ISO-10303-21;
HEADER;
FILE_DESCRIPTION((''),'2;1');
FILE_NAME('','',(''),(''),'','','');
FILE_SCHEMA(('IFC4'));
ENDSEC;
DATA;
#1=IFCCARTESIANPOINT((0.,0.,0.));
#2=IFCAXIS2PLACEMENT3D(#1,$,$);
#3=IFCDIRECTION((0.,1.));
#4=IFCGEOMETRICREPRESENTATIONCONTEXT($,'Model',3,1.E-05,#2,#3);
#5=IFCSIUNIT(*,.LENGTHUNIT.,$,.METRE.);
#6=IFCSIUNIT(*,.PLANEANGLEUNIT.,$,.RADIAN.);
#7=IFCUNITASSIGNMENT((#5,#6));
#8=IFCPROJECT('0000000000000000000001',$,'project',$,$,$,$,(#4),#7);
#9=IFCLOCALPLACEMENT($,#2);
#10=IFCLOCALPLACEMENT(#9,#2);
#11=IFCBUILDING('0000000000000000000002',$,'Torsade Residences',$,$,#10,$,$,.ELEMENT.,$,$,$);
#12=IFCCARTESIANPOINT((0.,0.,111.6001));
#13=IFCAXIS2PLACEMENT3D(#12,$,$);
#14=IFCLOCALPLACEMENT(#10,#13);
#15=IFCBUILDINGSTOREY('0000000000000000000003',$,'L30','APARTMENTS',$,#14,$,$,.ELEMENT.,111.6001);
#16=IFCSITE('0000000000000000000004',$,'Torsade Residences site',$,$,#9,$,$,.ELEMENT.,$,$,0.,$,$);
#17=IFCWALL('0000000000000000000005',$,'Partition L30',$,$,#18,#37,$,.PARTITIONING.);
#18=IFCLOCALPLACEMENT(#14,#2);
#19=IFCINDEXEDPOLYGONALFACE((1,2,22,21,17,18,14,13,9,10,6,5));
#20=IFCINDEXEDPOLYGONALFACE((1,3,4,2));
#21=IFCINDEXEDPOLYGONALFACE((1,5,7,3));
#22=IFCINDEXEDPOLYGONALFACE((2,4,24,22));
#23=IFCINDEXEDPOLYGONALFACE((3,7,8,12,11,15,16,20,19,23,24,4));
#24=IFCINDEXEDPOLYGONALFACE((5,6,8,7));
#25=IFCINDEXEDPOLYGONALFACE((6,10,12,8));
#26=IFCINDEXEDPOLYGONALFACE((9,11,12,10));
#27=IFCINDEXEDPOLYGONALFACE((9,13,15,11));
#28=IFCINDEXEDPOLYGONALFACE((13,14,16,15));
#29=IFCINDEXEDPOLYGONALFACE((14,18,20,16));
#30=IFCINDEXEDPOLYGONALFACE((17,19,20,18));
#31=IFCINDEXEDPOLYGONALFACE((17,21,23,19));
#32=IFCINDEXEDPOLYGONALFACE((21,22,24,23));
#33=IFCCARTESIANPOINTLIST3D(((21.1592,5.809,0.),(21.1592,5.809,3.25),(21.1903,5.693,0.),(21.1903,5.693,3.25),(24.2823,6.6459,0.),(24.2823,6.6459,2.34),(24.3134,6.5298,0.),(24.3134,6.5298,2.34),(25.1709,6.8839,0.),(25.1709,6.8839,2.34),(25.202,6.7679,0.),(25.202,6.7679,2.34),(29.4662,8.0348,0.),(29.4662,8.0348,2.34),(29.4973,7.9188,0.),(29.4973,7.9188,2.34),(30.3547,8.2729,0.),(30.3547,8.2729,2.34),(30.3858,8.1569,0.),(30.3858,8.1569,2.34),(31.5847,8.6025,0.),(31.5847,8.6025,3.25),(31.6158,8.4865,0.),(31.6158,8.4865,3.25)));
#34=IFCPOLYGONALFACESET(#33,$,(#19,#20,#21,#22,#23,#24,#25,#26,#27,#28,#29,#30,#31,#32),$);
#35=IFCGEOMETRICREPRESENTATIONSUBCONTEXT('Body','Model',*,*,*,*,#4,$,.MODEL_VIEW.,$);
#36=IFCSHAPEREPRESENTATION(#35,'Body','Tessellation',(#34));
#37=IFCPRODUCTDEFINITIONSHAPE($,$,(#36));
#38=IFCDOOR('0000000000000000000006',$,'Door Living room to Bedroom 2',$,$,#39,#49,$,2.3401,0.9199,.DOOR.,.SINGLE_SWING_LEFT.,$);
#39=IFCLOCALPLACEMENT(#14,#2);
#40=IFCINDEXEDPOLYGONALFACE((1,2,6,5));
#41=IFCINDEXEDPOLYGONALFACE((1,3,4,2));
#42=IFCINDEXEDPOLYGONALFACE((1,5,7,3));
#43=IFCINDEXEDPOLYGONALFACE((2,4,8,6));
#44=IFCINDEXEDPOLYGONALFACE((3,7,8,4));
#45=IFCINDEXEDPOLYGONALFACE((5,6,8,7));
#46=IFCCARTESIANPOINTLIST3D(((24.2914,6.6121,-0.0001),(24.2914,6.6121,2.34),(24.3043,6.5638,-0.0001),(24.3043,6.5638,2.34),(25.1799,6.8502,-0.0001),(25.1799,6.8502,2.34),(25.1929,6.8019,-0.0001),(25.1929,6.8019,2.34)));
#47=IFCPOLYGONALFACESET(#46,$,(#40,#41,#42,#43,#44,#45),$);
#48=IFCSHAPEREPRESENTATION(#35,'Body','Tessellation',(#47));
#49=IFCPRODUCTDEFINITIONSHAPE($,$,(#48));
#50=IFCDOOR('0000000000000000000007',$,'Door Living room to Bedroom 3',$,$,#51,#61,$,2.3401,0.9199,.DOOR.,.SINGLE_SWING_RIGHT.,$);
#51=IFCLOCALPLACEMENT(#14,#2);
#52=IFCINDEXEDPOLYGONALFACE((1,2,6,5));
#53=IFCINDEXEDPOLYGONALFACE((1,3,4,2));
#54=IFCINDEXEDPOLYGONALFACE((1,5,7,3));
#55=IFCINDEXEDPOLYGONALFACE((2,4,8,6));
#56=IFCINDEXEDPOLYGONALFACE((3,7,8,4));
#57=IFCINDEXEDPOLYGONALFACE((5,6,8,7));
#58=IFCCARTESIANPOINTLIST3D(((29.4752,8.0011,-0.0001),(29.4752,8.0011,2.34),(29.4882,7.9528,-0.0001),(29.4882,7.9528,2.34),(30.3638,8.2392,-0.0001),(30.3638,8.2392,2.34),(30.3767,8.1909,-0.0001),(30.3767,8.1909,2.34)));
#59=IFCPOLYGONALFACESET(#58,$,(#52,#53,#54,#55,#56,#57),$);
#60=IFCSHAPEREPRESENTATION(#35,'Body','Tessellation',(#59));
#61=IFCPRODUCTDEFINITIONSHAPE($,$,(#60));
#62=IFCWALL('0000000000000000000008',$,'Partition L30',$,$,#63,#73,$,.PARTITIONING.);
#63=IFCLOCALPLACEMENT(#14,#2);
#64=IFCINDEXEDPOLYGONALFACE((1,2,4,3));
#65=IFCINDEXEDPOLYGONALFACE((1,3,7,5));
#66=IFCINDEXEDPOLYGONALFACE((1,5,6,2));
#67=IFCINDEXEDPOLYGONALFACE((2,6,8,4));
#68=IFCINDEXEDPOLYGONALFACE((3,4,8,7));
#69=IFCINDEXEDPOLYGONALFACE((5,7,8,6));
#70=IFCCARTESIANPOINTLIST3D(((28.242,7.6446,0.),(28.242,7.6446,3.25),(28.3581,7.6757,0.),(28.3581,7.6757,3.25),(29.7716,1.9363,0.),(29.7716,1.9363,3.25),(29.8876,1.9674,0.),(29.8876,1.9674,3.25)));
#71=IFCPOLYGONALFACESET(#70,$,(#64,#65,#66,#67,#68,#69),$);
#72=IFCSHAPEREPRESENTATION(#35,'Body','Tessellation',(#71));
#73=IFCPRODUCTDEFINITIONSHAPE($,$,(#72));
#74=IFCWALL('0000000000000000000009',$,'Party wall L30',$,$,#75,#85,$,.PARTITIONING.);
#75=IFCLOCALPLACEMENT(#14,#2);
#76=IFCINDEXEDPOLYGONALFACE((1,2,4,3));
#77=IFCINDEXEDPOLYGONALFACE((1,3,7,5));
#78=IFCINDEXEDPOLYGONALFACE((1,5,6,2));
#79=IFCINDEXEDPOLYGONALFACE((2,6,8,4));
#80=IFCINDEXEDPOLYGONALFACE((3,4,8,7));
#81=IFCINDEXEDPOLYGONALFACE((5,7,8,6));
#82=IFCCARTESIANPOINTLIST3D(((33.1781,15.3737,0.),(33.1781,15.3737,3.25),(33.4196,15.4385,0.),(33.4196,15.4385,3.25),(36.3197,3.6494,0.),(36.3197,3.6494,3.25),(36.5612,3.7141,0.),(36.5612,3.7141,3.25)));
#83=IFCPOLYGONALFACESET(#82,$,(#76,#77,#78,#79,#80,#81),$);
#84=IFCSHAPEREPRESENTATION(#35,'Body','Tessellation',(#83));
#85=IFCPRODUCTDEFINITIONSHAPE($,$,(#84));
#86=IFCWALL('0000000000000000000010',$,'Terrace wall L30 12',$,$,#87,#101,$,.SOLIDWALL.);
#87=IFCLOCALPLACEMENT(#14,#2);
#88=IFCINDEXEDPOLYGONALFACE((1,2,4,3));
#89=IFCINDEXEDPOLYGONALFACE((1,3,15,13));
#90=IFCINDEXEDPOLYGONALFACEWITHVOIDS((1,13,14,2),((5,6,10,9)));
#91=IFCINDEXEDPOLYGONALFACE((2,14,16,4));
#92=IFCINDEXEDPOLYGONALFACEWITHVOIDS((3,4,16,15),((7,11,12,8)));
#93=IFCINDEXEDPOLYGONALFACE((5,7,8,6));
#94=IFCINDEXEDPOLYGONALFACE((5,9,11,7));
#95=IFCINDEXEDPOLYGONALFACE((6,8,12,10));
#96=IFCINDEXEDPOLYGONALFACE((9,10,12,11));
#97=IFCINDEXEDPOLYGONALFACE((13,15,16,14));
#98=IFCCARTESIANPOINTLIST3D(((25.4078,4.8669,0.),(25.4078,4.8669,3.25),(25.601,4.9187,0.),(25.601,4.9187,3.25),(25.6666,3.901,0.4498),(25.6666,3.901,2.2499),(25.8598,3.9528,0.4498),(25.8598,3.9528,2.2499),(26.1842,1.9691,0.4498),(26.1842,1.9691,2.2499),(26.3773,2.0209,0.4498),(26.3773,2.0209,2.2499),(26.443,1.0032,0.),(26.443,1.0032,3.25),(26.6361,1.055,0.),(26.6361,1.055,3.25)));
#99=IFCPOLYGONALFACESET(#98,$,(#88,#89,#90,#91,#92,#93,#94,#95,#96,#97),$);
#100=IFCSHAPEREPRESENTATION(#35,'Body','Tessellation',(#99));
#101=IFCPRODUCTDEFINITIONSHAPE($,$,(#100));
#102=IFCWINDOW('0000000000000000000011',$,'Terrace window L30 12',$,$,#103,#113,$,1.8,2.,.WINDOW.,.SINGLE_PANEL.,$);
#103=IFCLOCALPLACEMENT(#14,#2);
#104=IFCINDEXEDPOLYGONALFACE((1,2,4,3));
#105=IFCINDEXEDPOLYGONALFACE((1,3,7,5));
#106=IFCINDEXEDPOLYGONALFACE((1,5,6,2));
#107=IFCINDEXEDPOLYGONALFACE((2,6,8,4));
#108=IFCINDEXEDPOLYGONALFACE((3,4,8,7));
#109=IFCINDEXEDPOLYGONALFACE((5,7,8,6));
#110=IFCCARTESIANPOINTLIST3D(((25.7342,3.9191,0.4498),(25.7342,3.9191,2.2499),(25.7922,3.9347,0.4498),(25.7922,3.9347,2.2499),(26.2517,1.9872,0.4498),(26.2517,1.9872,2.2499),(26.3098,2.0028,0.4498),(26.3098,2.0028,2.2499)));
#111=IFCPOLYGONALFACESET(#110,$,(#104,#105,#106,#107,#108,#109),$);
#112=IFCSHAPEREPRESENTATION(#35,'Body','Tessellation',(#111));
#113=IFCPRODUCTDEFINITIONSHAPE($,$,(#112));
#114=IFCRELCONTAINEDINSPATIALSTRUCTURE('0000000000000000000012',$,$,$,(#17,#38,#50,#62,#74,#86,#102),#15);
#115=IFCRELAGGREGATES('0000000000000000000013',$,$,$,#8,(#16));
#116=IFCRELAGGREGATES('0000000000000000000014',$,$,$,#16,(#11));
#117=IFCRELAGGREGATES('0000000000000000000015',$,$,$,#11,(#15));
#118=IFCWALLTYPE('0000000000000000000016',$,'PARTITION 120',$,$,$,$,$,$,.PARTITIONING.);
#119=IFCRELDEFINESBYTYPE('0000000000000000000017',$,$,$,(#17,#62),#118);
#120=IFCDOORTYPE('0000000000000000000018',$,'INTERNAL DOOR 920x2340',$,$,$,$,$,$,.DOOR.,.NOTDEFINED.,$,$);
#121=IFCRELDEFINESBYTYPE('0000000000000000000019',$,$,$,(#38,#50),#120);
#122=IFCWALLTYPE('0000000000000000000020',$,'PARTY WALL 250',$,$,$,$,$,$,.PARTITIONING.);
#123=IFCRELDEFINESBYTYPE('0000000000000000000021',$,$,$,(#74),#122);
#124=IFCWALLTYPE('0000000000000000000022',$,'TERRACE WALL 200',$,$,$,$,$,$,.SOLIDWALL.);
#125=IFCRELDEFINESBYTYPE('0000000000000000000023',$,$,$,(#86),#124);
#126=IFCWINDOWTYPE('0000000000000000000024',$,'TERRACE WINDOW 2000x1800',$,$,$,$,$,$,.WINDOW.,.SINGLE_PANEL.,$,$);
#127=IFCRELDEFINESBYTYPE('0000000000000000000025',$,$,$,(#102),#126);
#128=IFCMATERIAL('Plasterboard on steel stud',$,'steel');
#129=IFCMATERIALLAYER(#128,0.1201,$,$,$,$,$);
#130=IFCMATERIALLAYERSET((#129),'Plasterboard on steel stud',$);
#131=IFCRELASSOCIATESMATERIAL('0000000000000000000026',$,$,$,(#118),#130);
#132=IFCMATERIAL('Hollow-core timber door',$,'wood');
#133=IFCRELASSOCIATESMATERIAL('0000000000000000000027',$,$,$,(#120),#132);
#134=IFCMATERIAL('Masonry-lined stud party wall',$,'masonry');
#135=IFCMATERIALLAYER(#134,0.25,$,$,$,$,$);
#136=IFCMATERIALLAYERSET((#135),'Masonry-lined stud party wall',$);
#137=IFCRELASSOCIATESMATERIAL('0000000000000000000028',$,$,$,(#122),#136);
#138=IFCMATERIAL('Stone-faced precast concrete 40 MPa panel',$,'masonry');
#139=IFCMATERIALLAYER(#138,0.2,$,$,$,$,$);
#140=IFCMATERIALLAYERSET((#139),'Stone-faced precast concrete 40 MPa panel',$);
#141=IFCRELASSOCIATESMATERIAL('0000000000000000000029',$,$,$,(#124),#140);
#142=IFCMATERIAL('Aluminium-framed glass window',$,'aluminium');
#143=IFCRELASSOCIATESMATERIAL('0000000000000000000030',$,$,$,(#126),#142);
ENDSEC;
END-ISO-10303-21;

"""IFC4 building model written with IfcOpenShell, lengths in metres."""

from ifc_helpers import new_model, si_unit, direction, frame, frame_2d, origin, place, context, subcontext, project, spatial, rectangle, extrude, material, layer, layer_set, type_object, element, fill, save


model = new_model("IFC4")

# Units and contexts
model_context = context("Model", 3, precision=1e-05, world=origin(), true_north=direction((0.0, 1.0)))
body_context = subcontext(model_context, "Body", "Model", "MODEL_VIEW")
ifc_project = project(units=[si_unit("LENGTHUNIT", "METRE"), si_unit("PLANEANGLEUNIT", "RADIAN")], contexts=[model_context])

# Site, building, storey
site_placement = place(None, origin())
site = spatial("IfcSite", under=ifc_project, at=site_placement, Name="Torsade Residences site", CompositionType="ELEMENT", RefElevation=0.0)
building_placement = place(site_placement, origin())
building = spatial("IfcBuilding", under=site, at=building_placement, Name="Torsade Residences", CompositionType="ELEMENT")
storey_placement = place(building_placement, frame((0.0, 0.0, 111.6001)))
storey = spatial("IfcBuildingStorey", under=building, at=storey_placement, Name="L30", Description="APARTMENTS", CompositionType="ELEMENT", Elevation=111.6001)

# Wall, openings, doors
ifc_material_1 = material(Name="Plasterboard on steel stud", Category="steel")
ifc_layer_1 = layer(ifc_material_1, 0.1201)
ifc_layer_set_1 = layer_set([ifc_layer_1], Name="Plasterboard on steel stud")
wall_type_1 = type_object("IfcWallType", Name="PARTITION 120", PredefinedType="PARTITIONING", material=ifc_layer_set_1)
wall_1_placement = place(storey_placement, frame((31.6001, 8.5444, 0.0), z_axis=(0.0, 0.0, 1.0), x_axis=(-0.965927, -0.258814, 0.0)))
wall_1 = element("IfcWall", 1, at=wall_1_placement, inside=storey, type_object=wall_type_1, Name="Partition L30", PredefinedType="PARTITIONING", context=body_context, shape_type="SweptSolid", body=[
    extrude(rectangle(XDim=10.7932, YDim=0.1201, at=frame_2d((5.3965, 0.0))), origin(), (0.0, 0.0, 1.0), 3.25),
])
opening_1_placement = place(wall_1_placement, frame((6.6399, 0.0, 0.0)))
opening_1 = element("IfcOpeningElement", 2, at=opening_1_placement, cuts=wall_1, PredefinedType="OPENING", context=body_context, shape_type="SweptSolid", body=[
    extrude(rectangle(XDim=0.9199, YDim=2.3401, at=frame_2d((0.46, 1.1699))), frame((0.0, 0.0701, 0.0), z_axis=(0.0, -1.0, 0.0), x_axis=(1.0, 0.0, 0.0)), (0.0, 0.0, 1.0), 0.1401),
])
opening_2_placement = place(wall_1_placement, frame((1.2732, 0.0, 0.0)))
opening_2 = element("IfcOpeningElement", 3, at=opening_2_placement, cuts=wall_1, PredefinedType="OPENING", context=body_context, shape_type="SweptSolid", body=[
    extrude(rectangle(XDim=0.9199, YDim=2.3401, at=frame_2d((0.46, 1.1699))), frame((0.0, 0.0701, 0.0), z_axis=(0.0, -1.0, 0.0), x_axis=(1.0, 0.0, 0.0)), (0.0, 0.0, 1.0), 0.1401),
])
ifc_material_2 = material(Name="Hollow-core timber door", Category="wood")
door_type = type_object("IfcDoorType", Name="INTERNAL DOOR 920x2340", OperationType="NOTDEFINED", PredefinedType="DOOR", material=ifc_material_2)
door_1_placement = place(opening_1_placement, origin())
door_1 = element("IfcDoor", 4, at=door_1_placement, inside=storey, type_object=door_type, Name="Door Living room to Bedroom 2", OperationType="SINGLE_SWING_LEFT", OverallHeight=2.3401, OverallWidth=0.9199, PredefinedType="DOOR", context=body_context, shape_type="SweptSolid", body=[
    extrude(rectangle(XDim=0.9199, YDim=2.3401, at=frame_2d((0.46, 1.1699))), frame((0.0, 0.0249, 0.0), z_axis=(0.0, -1.0, 0.0), x_axis=(1.0, 0.0, 0.0)), (0.0, 0.0, 1.0), 0.05),
])
fill(opening_1, door_1)
door_2_placement = place(opening_2_placement, origin())
door_2 = element("IfcDoor", 5, at=door_2_placement, inside=storey, type_object=door_type, Name="Door Living room to Bedroom 3", OperationType="SINGLE_SWING_RIGHT", OverallHeight=2.3401, OverallWidth=0.9199, PredefinedType="DOOR", context=body_context, shape_type="SweptSolid", body=[
    extrude(rectangle(XDim=0.9199, YDim=2.3401, at=frame_2d((0.46, 1.1699))), frame((0.0, 0.0249, 0.0), z_axis=(0.0, -1.0, 0.0), x_axis=(1.0, 0.0, 0.0)), (0.0, 0.0, 1.0), 0.05),
])
fill(opening_2, door_2)

# Walls
wall_2_placement = place(storey_placement, frame((28.3, 7.6602, 0.0), z_axis=(0.0, 0.0, 1.0), x_axis=(0.258822, -0.965925, 0.0)))
element("IfcWall", 6, at=wall_2_placement, inside=storey, type_object=wall_type_1, Name="Partition L30", PredefinedType="PARTITIONING", context=body_context, shape_type="SweptSolid", body=[
    extrude(rectangle(XDim=5.9097, YDim=0.1201, at=frame_2d((2.9548, 0.0))), origin(), (0.0, 0.0, 1.0), 3.25),
])
ifc_material_3 = material(Name="Masonry-lined stud party wall", Category="masonry")
ifc_layer_2 = layer(ifc_material_3, 0.25)
ifc_layer_set_2 = layer_set([ifc_layer_2], Name="Masonry-lined stud party wall")
wall_type_2 = type_object("IfcWallType", Name="PARTY WALL 250", PredefinedType="PARTITIONING", material=ifc_layer_set_2)
wall_3_placement = place(storey_placement, frame((36.4404, 3.6819, 0.0), z_axis=(0.0, 0.0, 1.0), x_axis=(-0.258824, 0.965924, 0.0)))
element("IfcWall", 7, at=wall_3_placement, inside=storey, type_object=wall_type_2, Name="Party wall L30", PredefinedType="PARTITIONING", context=body_context, shape_type="SweptSolid", body=[
    extrude(rectangle(XDim=12.1379, YDim=0.25, at=frame_2d((6.0688, 0.0))), origin(), (0.0, 0.0, 1.0), 3.25),
])

# Wall, opening, window
ifc_material_4 = material(Name="Stone-faced precast concrete 40 MPa panel", Category="masonry")
ifc_layer_3 = layer(ifc_material_4, 0.2)
ifc_layer_set_3 = layer_set([ifc_layer_3], Name="Stone-faced precast concrete 40 MPa panel")
wall_type_3 = type_object("IfcWallType", Name="TERRACE WALL 200", PredefinedType="SOLIDWALL", material=ifc_layer_set_3)
wall_4_placement = place(storey_placement, frame((25.5044, 4.8928, 0.0), z_axis=(0.0, 0.0, 1.0), x_axis=(0.258787, -0.965934, 0.0)))
wall_4 = element("IfcWall", 8, at=wall_4_placement, inside=storey, type_object=wall_type_3, Name="Terrace wall L30 12", PredefinedType="SOLIDWALL", context=body_context, shape_type="SweptSolid", body=[
    extrude(rectangle(XDim=4.0, YDim=0.2, at=frame_2d((2.0, 0.0))), origin(), (0.0, 0.0, 1.0), 3.25),
])
opening_3_placement = place(wall_4_placement, frame((1.0, 0.0, 0.45)))
opening_3 = element("IfcOpeningElement", 9, at=opening_3_placement, cuts=wall_4, PredefinedType="OPENING", context=body_context, shape_type="SweptSolid", body=[
    extrude(rectangle(XDim=2.0, YDim=1.8, at=frame_2d((1.0, 0.8999))), frame((0.0, 0.1099, 0.0), z_axis=(0.0, -1.0, 0.0), x_axis=(1.0, 0.0, 0.0)), (0.0, 0.0, 1.0), 0.22),
])
ifc_material_5 = material(Name="Aluminium-framed glass window", Category="aluminium")
window_type = type_object("IfcWindowType", Name="TERRACE WINDOW 2000x1800", PartitioningType="SINGLE_PANEL", PredefinedType="WINDOW", material=ifc_material_5)
window_placement = place(opening_3_placement, origin())
window = element("IfcWindow", 10, at=window_placement, inside=storey, type_object=window_type, Name="Terrace window L30 12", OverallHeight=1.8, OverallWidth=2.0, PartitioningType="SINGLE_PANEL", PredefinedType="WINDOW", context=body_context, shape_type="SweptSolid", body=[
    extrude(rectangle(XDim=2.0, YDim=1.8, at=frame_2d((1.0, 0.8999))), frame((0.0, 0.03, 0.0), z_axis=(0.0, -1.0, 0.0), x_axis=(1.0, 0.0, 0.0)), (0.0, 0.0, 1.0), 0.0601),
])
fill(opening_3, window)

save(model, "model.ifc")
